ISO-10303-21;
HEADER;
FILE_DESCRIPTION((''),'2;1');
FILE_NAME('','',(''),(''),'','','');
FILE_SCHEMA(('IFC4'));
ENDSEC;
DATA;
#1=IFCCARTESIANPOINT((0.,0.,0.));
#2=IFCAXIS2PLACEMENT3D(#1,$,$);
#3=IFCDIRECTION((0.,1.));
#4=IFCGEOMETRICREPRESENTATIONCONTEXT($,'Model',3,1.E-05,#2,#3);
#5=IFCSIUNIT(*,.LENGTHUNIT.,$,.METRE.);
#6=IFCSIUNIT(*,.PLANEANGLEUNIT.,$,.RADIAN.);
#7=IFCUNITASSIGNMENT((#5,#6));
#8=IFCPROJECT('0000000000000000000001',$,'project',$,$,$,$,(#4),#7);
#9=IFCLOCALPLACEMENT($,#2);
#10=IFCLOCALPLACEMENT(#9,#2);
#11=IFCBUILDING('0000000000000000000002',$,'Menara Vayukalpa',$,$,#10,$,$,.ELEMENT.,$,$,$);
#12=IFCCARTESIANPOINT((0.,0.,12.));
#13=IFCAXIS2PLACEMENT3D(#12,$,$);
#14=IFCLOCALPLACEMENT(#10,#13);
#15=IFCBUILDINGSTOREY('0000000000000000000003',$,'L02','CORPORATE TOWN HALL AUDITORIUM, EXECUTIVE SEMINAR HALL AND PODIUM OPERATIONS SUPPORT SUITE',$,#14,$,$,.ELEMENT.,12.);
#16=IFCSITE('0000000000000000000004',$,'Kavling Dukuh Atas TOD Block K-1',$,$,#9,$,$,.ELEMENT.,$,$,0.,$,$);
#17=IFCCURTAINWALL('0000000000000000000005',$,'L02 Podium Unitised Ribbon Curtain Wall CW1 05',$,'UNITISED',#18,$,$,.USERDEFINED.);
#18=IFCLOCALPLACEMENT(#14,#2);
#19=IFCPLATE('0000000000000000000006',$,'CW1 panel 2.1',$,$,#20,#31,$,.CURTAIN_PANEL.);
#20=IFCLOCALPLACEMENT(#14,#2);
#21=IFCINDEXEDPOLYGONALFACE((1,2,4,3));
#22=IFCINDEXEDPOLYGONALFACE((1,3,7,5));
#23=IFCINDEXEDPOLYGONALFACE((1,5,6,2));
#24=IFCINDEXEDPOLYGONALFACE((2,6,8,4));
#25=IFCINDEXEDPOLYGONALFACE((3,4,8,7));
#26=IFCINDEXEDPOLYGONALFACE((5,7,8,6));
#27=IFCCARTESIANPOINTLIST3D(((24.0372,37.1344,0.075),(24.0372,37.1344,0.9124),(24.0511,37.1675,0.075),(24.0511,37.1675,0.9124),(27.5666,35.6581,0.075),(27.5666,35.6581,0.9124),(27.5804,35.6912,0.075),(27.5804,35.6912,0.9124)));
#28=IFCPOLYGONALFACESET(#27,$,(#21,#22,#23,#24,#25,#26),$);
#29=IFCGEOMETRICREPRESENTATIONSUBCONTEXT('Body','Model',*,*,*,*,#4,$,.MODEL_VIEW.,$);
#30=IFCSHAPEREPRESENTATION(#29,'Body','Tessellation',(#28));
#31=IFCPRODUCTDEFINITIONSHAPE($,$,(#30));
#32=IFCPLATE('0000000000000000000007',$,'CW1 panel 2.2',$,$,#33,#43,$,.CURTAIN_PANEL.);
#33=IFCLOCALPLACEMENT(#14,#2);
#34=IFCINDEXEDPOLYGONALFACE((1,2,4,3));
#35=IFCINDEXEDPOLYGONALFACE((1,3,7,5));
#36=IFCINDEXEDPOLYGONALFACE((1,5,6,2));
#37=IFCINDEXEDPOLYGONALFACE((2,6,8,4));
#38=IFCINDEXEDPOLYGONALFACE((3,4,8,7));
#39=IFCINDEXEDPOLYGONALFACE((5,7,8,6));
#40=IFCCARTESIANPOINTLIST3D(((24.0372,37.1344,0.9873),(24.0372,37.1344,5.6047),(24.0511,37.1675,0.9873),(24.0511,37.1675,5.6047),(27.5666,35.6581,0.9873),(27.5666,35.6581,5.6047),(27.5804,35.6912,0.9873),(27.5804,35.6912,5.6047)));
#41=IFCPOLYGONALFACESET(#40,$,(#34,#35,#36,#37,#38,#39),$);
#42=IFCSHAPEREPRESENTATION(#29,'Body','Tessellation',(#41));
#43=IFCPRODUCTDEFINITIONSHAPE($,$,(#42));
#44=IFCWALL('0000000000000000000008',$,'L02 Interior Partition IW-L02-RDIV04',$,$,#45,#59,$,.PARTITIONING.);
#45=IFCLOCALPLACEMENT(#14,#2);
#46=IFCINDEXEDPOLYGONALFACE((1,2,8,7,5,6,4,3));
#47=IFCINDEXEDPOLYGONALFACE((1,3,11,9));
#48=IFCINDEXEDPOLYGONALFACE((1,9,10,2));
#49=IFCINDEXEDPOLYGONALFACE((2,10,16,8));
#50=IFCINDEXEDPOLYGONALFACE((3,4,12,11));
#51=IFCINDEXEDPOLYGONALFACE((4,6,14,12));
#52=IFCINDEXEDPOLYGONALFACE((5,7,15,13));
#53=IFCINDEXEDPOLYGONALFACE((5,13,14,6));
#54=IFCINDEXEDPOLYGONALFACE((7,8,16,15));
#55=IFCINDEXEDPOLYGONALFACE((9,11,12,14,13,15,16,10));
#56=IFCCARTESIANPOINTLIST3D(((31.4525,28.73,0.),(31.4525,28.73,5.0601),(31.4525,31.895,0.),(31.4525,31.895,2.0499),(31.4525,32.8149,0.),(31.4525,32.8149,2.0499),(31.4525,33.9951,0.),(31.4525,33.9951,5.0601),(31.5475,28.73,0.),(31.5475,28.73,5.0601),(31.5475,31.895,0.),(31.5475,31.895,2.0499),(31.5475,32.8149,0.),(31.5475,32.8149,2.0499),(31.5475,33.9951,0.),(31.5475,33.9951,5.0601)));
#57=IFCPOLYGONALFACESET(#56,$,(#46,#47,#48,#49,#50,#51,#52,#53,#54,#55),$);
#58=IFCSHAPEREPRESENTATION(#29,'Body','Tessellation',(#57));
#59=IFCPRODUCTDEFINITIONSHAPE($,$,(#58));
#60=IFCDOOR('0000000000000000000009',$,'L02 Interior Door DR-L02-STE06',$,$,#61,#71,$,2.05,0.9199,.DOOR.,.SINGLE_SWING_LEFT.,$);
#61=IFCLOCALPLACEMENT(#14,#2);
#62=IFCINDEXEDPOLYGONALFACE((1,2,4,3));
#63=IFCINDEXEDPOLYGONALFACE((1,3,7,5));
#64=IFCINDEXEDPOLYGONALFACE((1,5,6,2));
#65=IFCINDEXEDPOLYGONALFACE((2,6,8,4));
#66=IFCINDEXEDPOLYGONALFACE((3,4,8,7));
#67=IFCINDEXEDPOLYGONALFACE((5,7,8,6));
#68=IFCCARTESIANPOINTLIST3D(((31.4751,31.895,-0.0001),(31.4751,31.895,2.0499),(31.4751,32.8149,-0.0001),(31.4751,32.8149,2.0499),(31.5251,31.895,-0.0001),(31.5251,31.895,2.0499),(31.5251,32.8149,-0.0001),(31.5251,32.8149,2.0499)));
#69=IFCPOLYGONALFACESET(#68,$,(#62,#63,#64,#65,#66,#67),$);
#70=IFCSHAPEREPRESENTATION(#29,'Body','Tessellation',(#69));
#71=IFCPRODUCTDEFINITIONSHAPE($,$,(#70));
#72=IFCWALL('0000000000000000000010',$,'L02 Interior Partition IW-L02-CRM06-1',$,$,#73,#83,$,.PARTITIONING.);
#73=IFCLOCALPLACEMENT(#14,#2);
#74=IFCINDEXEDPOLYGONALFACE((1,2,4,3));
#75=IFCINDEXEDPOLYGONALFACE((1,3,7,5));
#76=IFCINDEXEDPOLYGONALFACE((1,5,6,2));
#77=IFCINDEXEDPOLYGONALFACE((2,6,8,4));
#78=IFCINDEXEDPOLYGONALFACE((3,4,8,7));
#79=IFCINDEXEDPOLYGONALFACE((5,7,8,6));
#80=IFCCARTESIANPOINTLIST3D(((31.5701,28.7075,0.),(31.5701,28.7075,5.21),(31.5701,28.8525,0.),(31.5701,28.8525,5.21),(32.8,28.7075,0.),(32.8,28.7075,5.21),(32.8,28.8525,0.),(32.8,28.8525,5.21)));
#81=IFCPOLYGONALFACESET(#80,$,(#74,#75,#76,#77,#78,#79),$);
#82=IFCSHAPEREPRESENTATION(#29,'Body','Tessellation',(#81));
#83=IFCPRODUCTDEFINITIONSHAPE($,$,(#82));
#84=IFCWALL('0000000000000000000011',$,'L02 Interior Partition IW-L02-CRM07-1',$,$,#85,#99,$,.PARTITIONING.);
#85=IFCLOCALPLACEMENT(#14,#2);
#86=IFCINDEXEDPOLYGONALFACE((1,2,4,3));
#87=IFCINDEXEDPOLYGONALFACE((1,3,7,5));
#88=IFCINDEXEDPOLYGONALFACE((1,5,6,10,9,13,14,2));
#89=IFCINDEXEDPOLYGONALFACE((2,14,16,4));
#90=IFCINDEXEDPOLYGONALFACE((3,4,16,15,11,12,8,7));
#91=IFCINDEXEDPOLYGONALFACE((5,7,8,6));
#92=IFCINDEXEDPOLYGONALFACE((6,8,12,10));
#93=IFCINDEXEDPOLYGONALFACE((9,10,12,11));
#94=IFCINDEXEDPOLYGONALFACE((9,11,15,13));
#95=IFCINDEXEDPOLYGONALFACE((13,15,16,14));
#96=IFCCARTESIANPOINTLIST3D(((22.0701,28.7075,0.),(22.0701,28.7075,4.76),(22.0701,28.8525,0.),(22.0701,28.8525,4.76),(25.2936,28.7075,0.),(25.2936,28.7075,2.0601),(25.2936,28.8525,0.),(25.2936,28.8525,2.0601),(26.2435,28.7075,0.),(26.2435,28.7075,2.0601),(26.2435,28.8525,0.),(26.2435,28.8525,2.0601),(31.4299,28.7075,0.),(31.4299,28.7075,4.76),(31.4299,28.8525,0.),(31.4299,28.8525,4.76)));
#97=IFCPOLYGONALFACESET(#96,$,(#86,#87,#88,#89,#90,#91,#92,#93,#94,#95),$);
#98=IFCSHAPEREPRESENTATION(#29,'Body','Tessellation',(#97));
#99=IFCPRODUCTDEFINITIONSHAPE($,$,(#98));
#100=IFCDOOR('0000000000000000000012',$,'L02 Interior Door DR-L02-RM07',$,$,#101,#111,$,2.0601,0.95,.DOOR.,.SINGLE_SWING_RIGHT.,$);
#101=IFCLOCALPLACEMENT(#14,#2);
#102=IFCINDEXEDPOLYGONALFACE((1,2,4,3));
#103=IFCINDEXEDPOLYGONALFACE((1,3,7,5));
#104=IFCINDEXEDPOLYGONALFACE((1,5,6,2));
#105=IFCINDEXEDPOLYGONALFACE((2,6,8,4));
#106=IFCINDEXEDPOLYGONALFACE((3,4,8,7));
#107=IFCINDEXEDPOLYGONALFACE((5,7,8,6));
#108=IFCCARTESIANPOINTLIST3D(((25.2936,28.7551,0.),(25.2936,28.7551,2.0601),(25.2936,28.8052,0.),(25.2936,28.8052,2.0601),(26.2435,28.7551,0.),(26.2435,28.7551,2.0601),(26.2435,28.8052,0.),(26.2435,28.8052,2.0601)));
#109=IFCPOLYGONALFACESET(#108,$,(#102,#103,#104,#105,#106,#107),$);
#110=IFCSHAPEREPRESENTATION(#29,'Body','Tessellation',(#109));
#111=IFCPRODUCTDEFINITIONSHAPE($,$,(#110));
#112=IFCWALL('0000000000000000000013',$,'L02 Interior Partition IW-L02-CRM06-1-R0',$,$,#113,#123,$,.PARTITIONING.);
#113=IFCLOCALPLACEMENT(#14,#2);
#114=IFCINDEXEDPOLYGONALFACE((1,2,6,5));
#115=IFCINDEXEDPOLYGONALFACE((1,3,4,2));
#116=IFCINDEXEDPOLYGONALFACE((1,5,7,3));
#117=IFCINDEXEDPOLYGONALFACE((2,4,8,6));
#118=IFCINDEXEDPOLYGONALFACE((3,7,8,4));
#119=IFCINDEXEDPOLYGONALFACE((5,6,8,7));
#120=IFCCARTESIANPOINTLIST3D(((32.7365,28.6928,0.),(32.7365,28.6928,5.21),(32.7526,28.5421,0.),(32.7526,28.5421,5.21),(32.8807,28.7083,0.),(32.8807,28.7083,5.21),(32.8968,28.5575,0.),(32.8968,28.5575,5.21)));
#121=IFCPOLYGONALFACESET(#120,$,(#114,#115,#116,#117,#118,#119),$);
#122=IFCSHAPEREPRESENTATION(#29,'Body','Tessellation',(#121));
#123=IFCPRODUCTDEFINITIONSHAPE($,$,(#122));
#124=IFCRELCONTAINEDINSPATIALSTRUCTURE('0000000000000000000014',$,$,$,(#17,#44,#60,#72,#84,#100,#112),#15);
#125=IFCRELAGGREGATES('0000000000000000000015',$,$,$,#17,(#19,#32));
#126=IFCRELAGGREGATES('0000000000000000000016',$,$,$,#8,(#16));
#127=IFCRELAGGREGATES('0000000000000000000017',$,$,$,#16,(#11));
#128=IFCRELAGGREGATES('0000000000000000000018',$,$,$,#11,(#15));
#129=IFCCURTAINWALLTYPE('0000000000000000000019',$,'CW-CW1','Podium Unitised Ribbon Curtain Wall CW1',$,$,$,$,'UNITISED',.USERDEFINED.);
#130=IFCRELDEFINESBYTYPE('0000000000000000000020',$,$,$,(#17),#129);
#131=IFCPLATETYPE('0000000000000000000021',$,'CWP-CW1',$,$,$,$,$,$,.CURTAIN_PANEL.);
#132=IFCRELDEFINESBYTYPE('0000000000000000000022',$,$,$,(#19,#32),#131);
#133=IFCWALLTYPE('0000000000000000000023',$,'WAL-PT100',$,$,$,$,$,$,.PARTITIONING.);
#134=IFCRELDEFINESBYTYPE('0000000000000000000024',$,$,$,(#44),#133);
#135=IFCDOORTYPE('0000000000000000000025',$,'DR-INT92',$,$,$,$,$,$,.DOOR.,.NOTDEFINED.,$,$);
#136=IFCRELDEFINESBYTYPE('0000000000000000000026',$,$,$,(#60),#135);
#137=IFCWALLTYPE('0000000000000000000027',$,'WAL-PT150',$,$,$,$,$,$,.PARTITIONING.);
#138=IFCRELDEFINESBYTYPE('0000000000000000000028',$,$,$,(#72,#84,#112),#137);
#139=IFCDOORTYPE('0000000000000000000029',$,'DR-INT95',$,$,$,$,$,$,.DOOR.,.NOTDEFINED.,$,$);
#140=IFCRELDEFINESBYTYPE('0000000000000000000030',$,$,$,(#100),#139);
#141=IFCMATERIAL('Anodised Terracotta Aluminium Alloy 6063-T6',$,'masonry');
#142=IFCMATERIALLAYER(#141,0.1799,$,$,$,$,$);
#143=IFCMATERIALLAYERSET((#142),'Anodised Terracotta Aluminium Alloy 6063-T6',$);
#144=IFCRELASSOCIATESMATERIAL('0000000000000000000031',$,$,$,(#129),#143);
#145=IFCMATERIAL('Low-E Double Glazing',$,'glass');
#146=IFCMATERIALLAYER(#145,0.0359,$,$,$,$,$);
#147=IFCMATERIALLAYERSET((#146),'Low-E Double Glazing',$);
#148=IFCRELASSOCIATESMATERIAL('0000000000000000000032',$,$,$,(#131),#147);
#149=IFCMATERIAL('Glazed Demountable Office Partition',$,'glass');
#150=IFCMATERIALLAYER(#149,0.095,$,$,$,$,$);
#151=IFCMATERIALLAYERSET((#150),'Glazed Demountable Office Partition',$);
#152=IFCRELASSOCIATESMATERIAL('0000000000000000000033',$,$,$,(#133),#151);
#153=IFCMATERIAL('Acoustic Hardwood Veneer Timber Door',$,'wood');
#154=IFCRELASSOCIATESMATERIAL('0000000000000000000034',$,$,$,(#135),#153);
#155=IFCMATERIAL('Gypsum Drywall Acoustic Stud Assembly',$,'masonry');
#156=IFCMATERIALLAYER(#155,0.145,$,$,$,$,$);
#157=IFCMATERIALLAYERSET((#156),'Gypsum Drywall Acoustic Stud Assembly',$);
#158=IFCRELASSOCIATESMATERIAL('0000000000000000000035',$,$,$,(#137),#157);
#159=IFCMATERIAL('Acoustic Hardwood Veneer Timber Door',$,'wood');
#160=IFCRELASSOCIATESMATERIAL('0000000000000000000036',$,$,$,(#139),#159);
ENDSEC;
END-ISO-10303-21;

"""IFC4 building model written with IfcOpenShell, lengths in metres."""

from ifc_helpers import new_model, si_unit, direction, frame, frame_2d, origin, origin_2d, place, context, subcontext, project, spatial, rectangle, extrude, material, layer, layer_set, type_object, element, fill, aggregate, save


model = new_model("IFC4")

# Units and contexts
model_context = context("Model", 3, precision=1e-05, world=origin(), true_north=direction((0.0, 1.0)))
body_context = subcontext(model_context, "Body", "Model", "MODEL_VIEW")
ifc_project = project(units=[si_unit("LENGTHUNIT", "METRE"), si_unit("PLANEANGLEUNIT", "RADIAN")], contexts=[model_context])

# Site, building, storey
site_placement = place(None, origin())
site = spatial("IfcSite", under=ifc_project, at=site_placement, Name="Kavling Dukuh Atas TOD Block K-1", CompositionType="ELEMENT", RefElevation=0.0)
building_placement = place(site_placement, origin())
building = spatial("IfcBuilding", under=site, at=building_placement, Name="Menara Vayukalpa", CompositionType="ELEMENT")
storey_placement = place(building_placement, frame((0.0, 0.0, 12.0)))
storey = spatial("IfcBuildingStorey", under=building, at=storey_placement, Name="L02", Description="CORPORATE TOWN HALL AUDITORIUM, EXECUTIVE SEMINAR HALL AND PODIUM OPERATIONS SUPPORT SUITE", CompositionType="ELEMENT", Elevation=12.0)

# Shared definitions
ifc_material_1 = material(Name="Anodised Terracotta Aluminium Alloy 6063-T6", Category="masonry")
ifc_layer_1 = layer(ifc_material_1, 0.1799)
ifc_layer_set_1 = layer_set([ifc_layer_1], Name="Anodised Terracotta Aluminium Alloy 6063-T6")
curtain_wall_type = type_object("IfcCurtainWallType", Name="CW-CW1", Description="Podium Unitised Ribbon Curtain Wall CW1", ElementType="UNITISED", PredefinedType="USERDEFINED", material=ifc_layer_set_1)

# Curtain wall, plates
curtain_wall_1_placement = place(storey_placement, origin())
curtain_wall_1 = element("IfcCurtainWall", 1, at=curtain_wall_1_placement, inside=storey, type_object=curtain_wall_type, Name="L02 Podium Unitised Ribbon Curtain Wall CW1 05", ObjectType="UNITISED", PredefinedType="USERDEFINED")
ifc_material_2 = material(Name="Low-E Double Glazing", Category="glass")
ifc_layer_2 = layer(ifc_material_2, 0.0359)
ifc_layer_set_2 = layer_set([ifc_layer_2], Name="Low-E Double Glazing")
plate_type = type_object("IfcPlateType", Name="CWP-CW1", PredefinedType="CURTAIN_PANEL", material=ifc_layer_set_2)
plate_1_placement = place(storey_placement, frame((25.8088, 36.4128, 0.075), z_axis=(0.0, 0.0, 1.0), x_axis=(-0.922545, 0.385891, 0.0)))
plate_1 = element("IfcPlate", 2, at=plate_1_placement, type_object=plate_type, Name="CW1 panel 2.1", PredefinedType="CURTAIN_PANEL", context=body_context, shape_type="SweptSolid", body=[
    extrude(rectangle(XDim=3.8257, YDim=0.0359, at=origin_2d()), origin(), (0.0, 0.0, 1.0), 0.8374),
])
plate_2_placement = place(storey_placement, frame((25.8088, 36.4128, 0.9873), z_axis=(0.0, 0.0, 1.0), x_axis=(-0.922545, 0.385891, 0.0)))
plate_2 = element("IfcPlate", 3, at=plate_2_placement, type_object=plate_type, Name="CW1 panel 2.2", PredefinedType="CURTAIN_PANEL", context=body_context, shape_type="SweptSolid", body=[
    extrude(rectangle(XDim=3.8257, YDim=0.0359, at=origin_2d()), origin(), (0.0, 0.0, 1.0), 4.6174),
])
aggregate(curtain_wall_1, [plate_1, plate_2])

# Wall, opening, door
ifc_material_3 = material(Name="Glazed Demountable Office Partition", Category="glass")
ifc_layer_3 = layer(ifc_material_3, 0.095)
ifc_layer_set_3 = layer_set([ifc_layer_3], Name="Glazed Demountable Office Partition")
wall_type_1 = type_object("IfcWallType", Name="WAL-PT100", PredefinedType="PARTITIONING", material=ifc_layer_set_3)
wall_1_placement = place(storey_placement, frame((31.5, 28.73, 0.0), z_axis=(0.0, 0.0, 1.0), x_axis=(0.0, 1.0, 0.0)))
wall_1 = element("IfcWall", 4, at=wall_1_placement, inside=storey, type_object=wall_type_1, Name="L02 Interior Partition IW-L02-RDIV04", PredefinedType="PARTITIONING", context=body_context, shape_type="SweptSolid", body=[
    extrude(rectangle(XDim=5.2651, YDim=0.095, at=frame_2d((2.6326, 0.0))), origin(), (0.0, 0.0, 1.0), 5.0601),
])
opening_1_placement = place(wall_1_placement, frame((3.165, 0.0, 0.0)))
opening_1 = element("IfcOpeningElement", 5, at=opening_1_placement, cuts=wall_1, PredefinedType="OPENING", context=body_context, shape_type="SweptSolid", body=[
    extrude(rectangle(XDim=0.9199, YDim=2.05, at=frame_2d((0.46, 1.0249))), frame((0.0, 0.0574, 0.0), z_axis=(0.0, -1.0, 0.0), x_axis=(1.0, 0.0, 0.0)), (0.0, 0.0, 1.0), 0.115),
])
ifc_material_4 = material(Name="Acoustic Hardwood Veneer Timber Door", Category="wood")
door_type_1 = type_object("IfcDoorType", Name="DR-INT92", OperationType="NOTDEFINED", PredefinedType="DOOR", material=ifc_material_4)
door_1_placement = place(opening_1_placement, origin())
door_1 = element("IfcDoor", 6, at=door_1_placement, inside=storey, type_object=door_type_1, Name="L02 Interior Door DR-L02-STE06", OperationType="SINGLE_SWING_LEFT", OverallHeight=2.05, OverallWidth=0.9199, PredefinedType="DOOR", context=body_context, shape_type="SweptSolid", body=[
    extrude(rectangle(XDim=0.9199, YDim=2.05, at=frame_2d((0.46, 1.0249))), frame((0.0, 0.0249, 0.0), z_axis=(0.0, -1.0, 0.0), x_axis=(1.0, 0.0, 0.0)), (0.0, 0.0, 1.0), 0.05),
])
fill(opening_1, door_1)

# Wall
ifc_material_5 = material(Name="Gypsum Drywall Acoustic Stud Assembly", Category="masonry")
ifc_layer_4 = layer(ifc_material_5, 0.145)
ifc_layer_set_4 = layer_set([ifc_layer_4], Name="Gypsum Drywall Acoustic Stud Assembly")
wall_type_2 = type_object("IfcWallType", Name="WAL-PT150", PredefinedType="PARTITIONING", material=ifc_layer_set_4)
wall_2_placement = place(storey_placement, frame((32.8, 28.78, 0.0), z_axis=(0.0, 0.0, 1.0), x_axis=(-1.0, 0.0, 0.0)))
element("IfcWall", 7, at=wall_2_placement, inside=storey, type_object=wall_type_2, Name="L02 Interior Partition IW-L02-CRM06-1", PredefinedType="PARTITIONING", context=body_context, shape_type="SweptSolid", body=[
    extrude(rectangle(XDim=1.23, YDim=0.145, at=frame_2d((0.615, 0.0))), origin(), (0.0, 0.0, 1.0), 5.21),
])

# Wall, opening, door
wall_3_placement = place(storey_placement, frame((31.4299, 28.78, 0.0), z_axis=(0.0, 0.0, 1.0), x_axis=(-1.0, 0.0, 0.0)))
wall_3 = element("IfcWall", 8, at=wall_3_placement, inside=storey, type_object=wall_type_2, Name="L02 Interior Partition IW-L02-CRM07-1", PredefinedType="PARTITIONING", context=body_context, shape_type="SweptSolid", body=[
    extrude(rectangle(XDim=9.3599, YDim=0.145, at=frame_2d((4.6799, 0.0))), origin(), (0.0, 0.0, 1.0), 4.76),
])
opening_2_placement = place(wall_3_placement, frame((5.1863, 0.0, 0.0)))
opening_2 = element("IfcOpeningElement", 9, at=opening_2_placement, cuts=wall_3, PredefinedType="OPENING", context=body_context, shape_type="SweptSolid", body=[
    extrude(rectangle(XDim=0.95, YDim=2.0601, at=frame_2d((0.4751, 1.03))), frame((0.0, 0.0825, 0.0), z_axis=(0.0, -1.0, 0.0), x_axis=(1.0, 0.0, 0.0)), (0.0, 0.0, 1.0), 0.165),
])
ifc_material_6 = material(Name="Acoustic Hardwood Veneer Timber Door", Category="wood")
door_type_2 = type_object("IfcDoorType", Name="DR-INT95", OperationType="NOTDEFINED", PredefinedType="DOOR", material=ifc_material_6)
door_2_placement = place(opening_2_placement, origin())
door_2 = element("IfcDoor", 10, at=door_2_placement, inside=storey, type_object=door_type_2, Name="L02 Interior Door DR-L02-RM07", OperationType="SINGLE_SWING_RIGHT", OverallHeight=2.0601, OverallWidth=0.95, PredefinedType="DOOR", context=body_context, shape_type="SweptSolid", body=[
    extrude(rectangle(XDim=0.95, YDim=2.0601, at=frame_2d((0.4751, 1.03))), frame((0.0, 0.0249, 0.0), z_axis=(0.0, -1.0, 0.0), x_axis=(1.0, 0.0, 0.0)), (0.0, 0.0, 1.0), 0.05),
])
fill(opening_2, door_2)

# Wall
wall_4_placement = place(storey_placement, frame((32.8086, 28.7004, 0.0), z_axis=(0.0, 0.0, 1.0), x_axis=(0.106362, -0.994327, 0.0)))
element("IfcWall", 11, at=wall_4_placement, inside=storey, type_object=wall_type_2, Name="L02 Interior Partition IW-L02-CRM06-1-R0", PredefinedType="PARTITIONING", context=body_context, shape_type="SweptSolid", body=[
    extrude(rectangle(XDim=0.1516, YDim=0.145, at=frame_2d((0.0757, 0.0))), origin(), (0.0, 0.0, 1.0), 5.21),
])

save(model, "model.ifc")
